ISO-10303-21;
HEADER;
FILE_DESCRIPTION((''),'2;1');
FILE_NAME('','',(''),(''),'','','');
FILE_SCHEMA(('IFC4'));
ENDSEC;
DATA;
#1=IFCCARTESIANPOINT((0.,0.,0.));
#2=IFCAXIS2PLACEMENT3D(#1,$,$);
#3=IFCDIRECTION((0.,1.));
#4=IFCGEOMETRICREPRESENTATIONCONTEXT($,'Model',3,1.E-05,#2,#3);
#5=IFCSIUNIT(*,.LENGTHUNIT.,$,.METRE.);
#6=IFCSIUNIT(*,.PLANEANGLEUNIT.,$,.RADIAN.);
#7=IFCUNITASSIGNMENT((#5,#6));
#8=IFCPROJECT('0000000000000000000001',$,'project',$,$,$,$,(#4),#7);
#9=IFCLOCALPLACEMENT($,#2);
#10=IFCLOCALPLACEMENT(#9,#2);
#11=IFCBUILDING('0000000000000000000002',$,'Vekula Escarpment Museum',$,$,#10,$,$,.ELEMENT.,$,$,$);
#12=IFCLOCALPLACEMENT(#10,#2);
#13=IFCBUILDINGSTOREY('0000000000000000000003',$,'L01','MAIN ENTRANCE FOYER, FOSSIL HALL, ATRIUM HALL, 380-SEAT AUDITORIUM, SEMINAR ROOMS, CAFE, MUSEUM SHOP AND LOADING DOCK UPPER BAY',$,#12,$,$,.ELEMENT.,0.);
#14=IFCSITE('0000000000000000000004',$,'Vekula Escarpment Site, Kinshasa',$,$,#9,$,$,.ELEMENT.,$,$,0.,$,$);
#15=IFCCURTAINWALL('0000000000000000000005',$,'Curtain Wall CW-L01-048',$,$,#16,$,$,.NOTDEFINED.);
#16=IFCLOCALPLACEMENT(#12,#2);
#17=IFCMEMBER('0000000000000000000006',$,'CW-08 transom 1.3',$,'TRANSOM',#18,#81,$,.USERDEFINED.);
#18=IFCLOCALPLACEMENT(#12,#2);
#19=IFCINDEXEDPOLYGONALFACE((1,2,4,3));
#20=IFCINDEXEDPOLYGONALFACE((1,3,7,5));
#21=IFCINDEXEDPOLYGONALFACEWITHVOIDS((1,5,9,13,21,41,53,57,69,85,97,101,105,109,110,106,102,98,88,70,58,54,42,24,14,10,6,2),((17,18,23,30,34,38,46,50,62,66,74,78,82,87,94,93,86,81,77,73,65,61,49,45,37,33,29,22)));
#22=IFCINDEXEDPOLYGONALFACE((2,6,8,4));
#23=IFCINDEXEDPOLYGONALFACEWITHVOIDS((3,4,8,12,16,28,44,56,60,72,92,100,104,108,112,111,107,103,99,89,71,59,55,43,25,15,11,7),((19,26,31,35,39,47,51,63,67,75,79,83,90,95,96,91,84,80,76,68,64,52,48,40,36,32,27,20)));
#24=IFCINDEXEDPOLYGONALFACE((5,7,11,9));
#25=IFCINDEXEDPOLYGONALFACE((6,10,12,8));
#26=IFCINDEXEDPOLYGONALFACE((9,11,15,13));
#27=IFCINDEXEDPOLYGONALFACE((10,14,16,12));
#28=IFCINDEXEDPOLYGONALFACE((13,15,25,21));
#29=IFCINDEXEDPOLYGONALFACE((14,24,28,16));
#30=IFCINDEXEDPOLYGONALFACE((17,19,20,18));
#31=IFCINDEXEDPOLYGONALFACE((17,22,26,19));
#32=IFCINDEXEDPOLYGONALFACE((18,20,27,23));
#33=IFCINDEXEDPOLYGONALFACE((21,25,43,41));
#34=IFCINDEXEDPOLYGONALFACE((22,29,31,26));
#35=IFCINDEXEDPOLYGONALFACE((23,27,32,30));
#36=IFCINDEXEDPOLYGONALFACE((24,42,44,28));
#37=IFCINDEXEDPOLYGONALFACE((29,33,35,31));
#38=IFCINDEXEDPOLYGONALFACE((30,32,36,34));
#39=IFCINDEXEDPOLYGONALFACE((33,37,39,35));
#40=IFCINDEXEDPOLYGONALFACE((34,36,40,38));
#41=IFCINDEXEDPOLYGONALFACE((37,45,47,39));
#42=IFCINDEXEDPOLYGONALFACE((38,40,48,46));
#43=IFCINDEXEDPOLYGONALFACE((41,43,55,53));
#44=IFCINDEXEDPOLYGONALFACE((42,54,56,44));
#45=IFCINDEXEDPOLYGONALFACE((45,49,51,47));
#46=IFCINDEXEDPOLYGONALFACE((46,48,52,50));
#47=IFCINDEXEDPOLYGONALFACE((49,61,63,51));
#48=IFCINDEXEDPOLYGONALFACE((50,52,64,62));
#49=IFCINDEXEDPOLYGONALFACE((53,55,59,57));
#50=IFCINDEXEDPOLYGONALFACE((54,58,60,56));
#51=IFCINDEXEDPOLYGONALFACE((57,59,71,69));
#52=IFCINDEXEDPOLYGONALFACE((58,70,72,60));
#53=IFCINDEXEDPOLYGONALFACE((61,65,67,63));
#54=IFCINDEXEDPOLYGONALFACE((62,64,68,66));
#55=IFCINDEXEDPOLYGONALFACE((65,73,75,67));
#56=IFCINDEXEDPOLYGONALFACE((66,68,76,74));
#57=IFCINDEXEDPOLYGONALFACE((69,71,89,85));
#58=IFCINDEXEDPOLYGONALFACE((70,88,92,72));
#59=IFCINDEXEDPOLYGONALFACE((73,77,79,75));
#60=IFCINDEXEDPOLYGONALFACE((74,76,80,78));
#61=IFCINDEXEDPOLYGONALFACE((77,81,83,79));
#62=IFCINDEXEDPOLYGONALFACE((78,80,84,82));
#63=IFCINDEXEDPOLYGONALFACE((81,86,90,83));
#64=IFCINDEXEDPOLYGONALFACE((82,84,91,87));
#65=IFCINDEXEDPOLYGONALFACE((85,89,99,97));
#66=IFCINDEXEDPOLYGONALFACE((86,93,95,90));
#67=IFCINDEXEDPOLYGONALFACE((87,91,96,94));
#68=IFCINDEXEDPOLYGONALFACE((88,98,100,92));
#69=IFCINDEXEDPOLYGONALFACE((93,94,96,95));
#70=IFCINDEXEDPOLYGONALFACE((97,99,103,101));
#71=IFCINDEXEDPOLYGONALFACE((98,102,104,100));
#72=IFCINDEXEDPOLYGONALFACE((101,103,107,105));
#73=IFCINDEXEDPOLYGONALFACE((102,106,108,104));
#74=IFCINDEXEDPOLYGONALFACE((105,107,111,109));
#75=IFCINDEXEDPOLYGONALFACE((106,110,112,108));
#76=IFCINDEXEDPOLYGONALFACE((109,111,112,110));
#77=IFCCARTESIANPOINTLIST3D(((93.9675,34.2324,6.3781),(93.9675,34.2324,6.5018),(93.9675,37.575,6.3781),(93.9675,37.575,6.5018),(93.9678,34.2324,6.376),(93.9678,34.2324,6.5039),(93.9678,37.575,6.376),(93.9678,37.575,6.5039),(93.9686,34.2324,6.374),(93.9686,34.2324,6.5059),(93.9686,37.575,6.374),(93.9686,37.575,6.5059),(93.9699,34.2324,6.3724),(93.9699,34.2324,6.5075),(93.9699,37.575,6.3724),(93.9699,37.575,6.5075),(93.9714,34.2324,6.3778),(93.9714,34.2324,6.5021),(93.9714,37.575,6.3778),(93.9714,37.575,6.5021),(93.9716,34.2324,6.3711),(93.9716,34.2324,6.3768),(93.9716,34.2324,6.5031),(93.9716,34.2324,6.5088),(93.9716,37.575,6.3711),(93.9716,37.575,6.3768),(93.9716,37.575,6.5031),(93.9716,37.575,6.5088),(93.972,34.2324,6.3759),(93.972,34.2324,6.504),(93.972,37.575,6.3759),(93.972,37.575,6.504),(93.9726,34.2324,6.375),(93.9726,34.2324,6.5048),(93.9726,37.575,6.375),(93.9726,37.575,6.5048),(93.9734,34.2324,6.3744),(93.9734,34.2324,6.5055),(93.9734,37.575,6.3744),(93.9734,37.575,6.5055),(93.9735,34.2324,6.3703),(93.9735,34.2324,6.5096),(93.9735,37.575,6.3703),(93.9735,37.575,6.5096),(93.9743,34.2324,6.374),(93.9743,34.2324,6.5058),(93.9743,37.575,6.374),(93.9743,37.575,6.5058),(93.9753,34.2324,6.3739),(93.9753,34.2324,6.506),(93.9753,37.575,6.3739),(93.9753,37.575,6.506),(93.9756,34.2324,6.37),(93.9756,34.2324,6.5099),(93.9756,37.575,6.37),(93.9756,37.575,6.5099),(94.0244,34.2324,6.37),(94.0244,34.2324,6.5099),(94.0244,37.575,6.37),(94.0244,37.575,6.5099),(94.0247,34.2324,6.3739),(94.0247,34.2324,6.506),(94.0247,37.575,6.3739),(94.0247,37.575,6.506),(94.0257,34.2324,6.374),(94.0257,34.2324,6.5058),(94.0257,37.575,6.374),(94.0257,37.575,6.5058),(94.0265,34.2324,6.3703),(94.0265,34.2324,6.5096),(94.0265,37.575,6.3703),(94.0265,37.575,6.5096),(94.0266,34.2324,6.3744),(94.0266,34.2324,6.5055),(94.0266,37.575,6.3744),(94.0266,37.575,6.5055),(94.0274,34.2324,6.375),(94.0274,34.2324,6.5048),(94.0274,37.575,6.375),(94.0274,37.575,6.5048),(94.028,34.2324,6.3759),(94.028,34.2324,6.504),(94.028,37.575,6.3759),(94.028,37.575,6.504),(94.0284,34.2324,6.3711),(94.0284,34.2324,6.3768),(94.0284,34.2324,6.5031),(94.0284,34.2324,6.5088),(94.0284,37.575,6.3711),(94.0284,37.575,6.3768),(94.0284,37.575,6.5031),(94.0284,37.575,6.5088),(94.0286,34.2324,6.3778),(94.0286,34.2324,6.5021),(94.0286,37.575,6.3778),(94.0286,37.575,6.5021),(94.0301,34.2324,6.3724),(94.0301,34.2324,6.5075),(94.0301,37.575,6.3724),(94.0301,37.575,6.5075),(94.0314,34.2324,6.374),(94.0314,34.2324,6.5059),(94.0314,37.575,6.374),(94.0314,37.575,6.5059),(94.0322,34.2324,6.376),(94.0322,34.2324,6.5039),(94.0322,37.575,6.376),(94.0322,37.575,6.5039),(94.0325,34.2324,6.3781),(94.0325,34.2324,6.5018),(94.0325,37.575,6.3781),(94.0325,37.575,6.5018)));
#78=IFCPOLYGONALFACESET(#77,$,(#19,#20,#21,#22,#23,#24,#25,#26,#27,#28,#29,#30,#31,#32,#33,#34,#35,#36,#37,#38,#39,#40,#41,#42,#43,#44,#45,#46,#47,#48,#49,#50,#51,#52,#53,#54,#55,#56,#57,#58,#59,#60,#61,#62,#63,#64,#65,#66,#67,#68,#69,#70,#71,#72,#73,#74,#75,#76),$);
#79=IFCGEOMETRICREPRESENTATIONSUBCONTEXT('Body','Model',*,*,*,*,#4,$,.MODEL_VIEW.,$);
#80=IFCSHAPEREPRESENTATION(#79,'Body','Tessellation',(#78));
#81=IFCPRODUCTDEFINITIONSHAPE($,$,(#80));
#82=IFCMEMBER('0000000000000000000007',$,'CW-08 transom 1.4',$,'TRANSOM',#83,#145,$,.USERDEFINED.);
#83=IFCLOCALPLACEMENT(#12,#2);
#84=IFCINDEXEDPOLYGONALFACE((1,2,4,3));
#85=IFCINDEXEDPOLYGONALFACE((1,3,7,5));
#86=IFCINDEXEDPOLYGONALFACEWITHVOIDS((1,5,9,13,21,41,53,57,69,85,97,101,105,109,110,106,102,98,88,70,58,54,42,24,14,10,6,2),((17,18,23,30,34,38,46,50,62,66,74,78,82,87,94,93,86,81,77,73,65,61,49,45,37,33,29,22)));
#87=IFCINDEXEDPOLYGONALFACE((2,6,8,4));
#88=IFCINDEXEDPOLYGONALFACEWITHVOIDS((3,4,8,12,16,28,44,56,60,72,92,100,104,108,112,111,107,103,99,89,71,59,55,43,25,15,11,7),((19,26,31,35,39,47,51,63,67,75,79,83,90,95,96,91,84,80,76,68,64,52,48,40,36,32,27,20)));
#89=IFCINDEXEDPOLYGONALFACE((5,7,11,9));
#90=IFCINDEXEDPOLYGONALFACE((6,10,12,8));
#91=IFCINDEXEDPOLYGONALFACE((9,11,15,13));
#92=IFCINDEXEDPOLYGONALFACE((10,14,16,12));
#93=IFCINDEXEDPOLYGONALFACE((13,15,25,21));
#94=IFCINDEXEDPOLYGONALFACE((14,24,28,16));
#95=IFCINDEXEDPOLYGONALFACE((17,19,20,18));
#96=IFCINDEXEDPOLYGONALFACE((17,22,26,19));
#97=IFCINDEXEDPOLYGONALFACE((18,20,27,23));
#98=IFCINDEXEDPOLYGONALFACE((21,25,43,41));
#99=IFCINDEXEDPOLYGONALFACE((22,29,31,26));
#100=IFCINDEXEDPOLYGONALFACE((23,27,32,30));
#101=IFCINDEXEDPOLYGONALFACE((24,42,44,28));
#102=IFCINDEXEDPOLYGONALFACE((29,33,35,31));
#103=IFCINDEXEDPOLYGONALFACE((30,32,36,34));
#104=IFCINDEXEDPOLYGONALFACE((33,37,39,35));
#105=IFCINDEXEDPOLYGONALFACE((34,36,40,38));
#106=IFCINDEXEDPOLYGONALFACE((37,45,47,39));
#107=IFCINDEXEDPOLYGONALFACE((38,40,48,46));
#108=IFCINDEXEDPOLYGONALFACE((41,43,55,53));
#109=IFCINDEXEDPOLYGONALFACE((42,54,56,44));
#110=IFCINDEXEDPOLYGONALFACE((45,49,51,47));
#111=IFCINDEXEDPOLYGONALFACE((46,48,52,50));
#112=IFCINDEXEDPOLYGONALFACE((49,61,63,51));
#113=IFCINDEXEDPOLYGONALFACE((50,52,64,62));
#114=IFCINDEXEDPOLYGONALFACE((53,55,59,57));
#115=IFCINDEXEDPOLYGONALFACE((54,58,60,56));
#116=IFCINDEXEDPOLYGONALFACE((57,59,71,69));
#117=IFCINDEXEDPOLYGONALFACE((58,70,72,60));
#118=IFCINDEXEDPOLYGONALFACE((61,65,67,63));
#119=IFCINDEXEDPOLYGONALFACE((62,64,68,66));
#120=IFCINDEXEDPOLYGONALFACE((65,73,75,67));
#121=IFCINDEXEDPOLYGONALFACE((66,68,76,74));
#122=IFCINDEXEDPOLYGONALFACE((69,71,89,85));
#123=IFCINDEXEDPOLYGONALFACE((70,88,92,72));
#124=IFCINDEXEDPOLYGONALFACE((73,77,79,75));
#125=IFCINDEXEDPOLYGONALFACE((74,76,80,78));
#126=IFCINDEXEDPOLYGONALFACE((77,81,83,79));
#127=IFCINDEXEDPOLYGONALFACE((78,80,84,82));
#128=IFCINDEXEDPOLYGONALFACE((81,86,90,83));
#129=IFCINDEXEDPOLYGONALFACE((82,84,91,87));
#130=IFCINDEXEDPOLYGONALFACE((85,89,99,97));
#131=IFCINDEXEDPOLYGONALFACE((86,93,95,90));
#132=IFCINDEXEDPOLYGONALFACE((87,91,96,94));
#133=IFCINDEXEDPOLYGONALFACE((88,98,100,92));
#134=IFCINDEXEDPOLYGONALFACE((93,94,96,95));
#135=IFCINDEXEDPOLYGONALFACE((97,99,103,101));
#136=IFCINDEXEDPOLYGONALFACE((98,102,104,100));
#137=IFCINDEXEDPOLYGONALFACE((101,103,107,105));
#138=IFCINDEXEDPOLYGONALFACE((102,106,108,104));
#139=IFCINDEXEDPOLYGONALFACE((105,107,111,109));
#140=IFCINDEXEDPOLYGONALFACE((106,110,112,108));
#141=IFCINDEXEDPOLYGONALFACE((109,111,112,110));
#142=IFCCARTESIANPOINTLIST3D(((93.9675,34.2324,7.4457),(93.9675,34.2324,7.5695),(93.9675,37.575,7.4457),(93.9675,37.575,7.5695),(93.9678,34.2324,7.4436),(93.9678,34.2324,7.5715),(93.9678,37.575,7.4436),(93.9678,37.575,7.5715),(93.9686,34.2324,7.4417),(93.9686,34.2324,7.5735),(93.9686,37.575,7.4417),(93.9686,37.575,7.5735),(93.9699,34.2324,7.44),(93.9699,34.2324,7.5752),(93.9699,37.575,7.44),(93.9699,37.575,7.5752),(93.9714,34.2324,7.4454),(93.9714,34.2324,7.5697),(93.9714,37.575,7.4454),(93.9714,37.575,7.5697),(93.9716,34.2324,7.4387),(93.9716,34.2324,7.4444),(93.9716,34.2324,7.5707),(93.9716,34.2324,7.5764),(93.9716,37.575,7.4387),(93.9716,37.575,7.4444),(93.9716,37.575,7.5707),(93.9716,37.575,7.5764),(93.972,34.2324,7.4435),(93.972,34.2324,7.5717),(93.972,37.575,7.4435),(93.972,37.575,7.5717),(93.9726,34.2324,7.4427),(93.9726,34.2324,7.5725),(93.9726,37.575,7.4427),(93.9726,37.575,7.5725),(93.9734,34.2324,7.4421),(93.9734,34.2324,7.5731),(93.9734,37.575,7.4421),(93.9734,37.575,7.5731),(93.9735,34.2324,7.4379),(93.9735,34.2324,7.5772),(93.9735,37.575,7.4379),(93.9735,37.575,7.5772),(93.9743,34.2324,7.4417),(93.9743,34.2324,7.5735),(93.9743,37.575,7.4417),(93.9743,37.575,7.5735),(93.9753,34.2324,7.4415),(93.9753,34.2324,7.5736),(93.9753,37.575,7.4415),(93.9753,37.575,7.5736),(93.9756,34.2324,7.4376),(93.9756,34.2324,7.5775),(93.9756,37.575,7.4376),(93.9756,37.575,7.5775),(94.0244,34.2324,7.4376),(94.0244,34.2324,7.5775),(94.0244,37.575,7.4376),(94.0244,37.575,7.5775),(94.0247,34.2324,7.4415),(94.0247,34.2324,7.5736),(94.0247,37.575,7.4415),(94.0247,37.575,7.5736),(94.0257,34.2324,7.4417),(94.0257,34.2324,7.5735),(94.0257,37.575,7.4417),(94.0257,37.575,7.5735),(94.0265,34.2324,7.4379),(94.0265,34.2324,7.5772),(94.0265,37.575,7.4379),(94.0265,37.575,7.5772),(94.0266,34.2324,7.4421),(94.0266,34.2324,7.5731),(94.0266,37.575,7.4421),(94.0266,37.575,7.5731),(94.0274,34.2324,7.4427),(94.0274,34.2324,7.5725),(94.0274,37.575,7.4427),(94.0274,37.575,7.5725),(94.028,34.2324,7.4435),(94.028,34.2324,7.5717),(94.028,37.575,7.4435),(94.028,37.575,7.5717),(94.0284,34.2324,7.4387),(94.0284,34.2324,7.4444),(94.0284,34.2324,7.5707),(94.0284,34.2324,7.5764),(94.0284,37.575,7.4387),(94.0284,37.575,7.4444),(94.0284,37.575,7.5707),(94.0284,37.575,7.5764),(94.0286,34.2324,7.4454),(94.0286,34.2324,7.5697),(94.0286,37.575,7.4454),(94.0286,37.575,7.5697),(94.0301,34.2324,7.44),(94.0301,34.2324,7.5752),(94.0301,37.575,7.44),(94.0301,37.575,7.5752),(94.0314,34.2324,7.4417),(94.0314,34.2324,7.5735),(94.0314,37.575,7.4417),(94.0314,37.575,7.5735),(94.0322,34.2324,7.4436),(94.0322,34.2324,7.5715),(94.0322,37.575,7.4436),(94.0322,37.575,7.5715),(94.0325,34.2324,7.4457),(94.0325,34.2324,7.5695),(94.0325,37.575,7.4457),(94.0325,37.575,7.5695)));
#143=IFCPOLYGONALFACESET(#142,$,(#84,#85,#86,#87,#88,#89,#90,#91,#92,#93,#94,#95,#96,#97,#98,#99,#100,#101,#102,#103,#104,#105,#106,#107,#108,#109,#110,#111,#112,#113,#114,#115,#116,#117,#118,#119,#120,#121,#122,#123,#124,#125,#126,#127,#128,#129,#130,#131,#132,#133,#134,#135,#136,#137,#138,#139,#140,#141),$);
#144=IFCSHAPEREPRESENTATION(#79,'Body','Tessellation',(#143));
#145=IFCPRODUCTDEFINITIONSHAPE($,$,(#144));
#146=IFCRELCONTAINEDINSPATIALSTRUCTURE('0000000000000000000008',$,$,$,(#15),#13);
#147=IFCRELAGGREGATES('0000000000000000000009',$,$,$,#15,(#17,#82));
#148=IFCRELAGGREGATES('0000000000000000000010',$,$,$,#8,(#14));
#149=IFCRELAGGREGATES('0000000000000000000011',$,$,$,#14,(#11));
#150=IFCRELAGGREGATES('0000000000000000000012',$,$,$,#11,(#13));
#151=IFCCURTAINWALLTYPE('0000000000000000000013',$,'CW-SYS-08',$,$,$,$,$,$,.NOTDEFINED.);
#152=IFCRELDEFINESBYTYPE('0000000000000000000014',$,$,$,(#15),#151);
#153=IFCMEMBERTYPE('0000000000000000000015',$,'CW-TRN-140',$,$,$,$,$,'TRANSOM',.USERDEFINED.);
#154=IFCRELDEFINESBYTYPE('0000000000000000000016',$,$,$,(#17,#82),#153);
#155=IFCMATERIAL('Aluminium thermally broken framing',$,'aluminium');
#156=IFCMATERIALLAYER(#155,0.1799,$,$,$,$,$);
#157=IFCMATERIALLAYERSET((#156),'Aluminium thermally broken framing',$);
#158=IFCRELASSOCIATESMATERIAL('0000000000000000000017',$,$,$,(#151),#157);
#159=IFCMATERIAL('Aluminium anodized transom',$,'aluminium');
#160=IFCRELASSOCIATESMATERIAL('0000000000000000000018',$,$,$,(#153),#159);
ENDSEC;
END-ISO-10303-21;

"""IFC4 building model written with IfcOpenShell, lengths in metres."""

from ifc_helpers import new_model, si_unit, direction, frame, origin, origin_2d, place, context, subcontext, project, spatial, hollow_rectangle, extrude, material, layer, layer_set, material_profile, profile_set, type_object, element, aggregate, save


model = new_model("IFC4")

# Units and contexts
model_context = context("Model", 3, precision=1e-05, world=origin(), true_north=direction((0.0, 1.0)))
body_context = subcontext(model_context, "Body", "Model", "MODEL_VIEW")
ifc_project = project(units=[si_unit("LENGTHUNIT", "METRE"), si_unit("PLANEANGLEUNIT", "RADIAN")], contexts=[model_context])

# Site, building, storey
site_placement = place(None, origin())
site = spatial("IfcSite", under=ifc_project, at=site_placement, Name="Vekula Escarpment Site, Kinshasa", CompositionType="ELEMENT", RefElevation=0.0)
building_placement = place(site_placement, origin())
building = spatial("IfcBuilding", under=site, at=building_placement, Name="Vekula Escarpment Museum", CompositionType="ELEMENT")
storey_placement = place(building_placement, origin())
storey = spatial("IfcBuildingStorey", under=building, at=storey_placement, Name="L01", Description="MAIN ENTRANCE FOYER, FOSSIL HALL, ATRIUM HALL, 380-SEAT AUDITORIUM, SEMINAR ROOMS, CAFE, MUSEUM SHOP AND LOADING DOCK UPPER BAY", CompositionType="ELEMENT", Elevation=0.0)

# Curtain wall
ifc_material_1 = material(Name="Aluminium thermally broken framing", Category="aluminium")
ifc_layer_1 = layer(ifc_material_1, 0.1799)
ifc_layer_set_1 = layer_set([ifc_layer_1], Name="Aluminium thermally broken framing")
curtain_wall_type_1 = type_object("IfcCurtainWallType", Name="CW-SYS-08", PredefinedType="NOTDEFINED", material=ifc_layer_set_1)
curtain_wall_1_placement = place(storey_placement, origin())
curtain_wall_1 = element("IfcCurtainWall", 1, at=curtain_wall_1_placement, inside=storey, type_object=curtain_wall_type_1, Name="Curtain Wall CW-L01-048", PredefinedType="NOTDEFINED")

# Members
ifc_material_2 = material(Name="Aluminium anodized transom", Category="aluminium")
ifc_material_profile_1 = material_profile(ifc_material_2, hollow_rectangle(XDim=0.0649, YDim=0.1399, WallThickness=0.0039, InnerFilletRadius=0.0039, OuterFilletRadius=0.0081, at=origin_2d()), Name="ALU 140x65x4")
ifc_profile_set_1 = profile_set([ifc_material_profile_1], Name="Aluminium anodized transom")
member_type_1 = type_object("IfcMemberType", Name="CW-TRN-140", ElementType="TRANSOM", PredefinedType="USERDEFINED", material=ifc_profile_set_1)
member_1_placement = place(storey_placement, frame((94.0, 37.575, 6.4399), z_axis=(0.0, -1.0, 0.0), x_axis=(1.0, 0.0, 0.0)))
member_1 = element("IfcMember", 2, at=member_1_placement, type_object=member_type_1, Name="CW-08 transom 1.3", ObjectType="TRANSOM", PredefinedType="USERDEFINED", context=body_context, shape_type="SweptSolid", body=[
    extrude(hollow_rectangle(XDim=0.0649, YDim=0.1399, WallThickness=0.0039, InnerFilletRadius=0.0039, OuterFilletRadius=0.0081, at=origin_2d()), origin(), (0.0, 0.0, 1.0), 3.3425),
])
member_2_placement = place(storey_placement, frame((94.0, 37.575, 7.5076), z_axis=(0.0, -1.0, 0.0), x_axis=(1.0, 0.0, 0.0)))
member_2 = element("IfcMember", 3, at=member_2_placement, type_object=member_type_1, Name="CW-08 transom 1.4", ObjectType="TRANSOM", PredefinedType="USERDEFINED", context=body_context, shape_type="SweptSolid", body=[
    extrude(hollow_rectangle(XDim=0.0649, YDim=0.1399, WallThickness=0.0039, InnerFilletRadius=0.0039, OuterFilletRadius=0.0081, at=origin_2d()), origin(), (0.0, 0.0, 1.0), 3.3425),
])

aggregate(curtain_wall_1, [member_1, member_2])

save(model, "model.ifc")
